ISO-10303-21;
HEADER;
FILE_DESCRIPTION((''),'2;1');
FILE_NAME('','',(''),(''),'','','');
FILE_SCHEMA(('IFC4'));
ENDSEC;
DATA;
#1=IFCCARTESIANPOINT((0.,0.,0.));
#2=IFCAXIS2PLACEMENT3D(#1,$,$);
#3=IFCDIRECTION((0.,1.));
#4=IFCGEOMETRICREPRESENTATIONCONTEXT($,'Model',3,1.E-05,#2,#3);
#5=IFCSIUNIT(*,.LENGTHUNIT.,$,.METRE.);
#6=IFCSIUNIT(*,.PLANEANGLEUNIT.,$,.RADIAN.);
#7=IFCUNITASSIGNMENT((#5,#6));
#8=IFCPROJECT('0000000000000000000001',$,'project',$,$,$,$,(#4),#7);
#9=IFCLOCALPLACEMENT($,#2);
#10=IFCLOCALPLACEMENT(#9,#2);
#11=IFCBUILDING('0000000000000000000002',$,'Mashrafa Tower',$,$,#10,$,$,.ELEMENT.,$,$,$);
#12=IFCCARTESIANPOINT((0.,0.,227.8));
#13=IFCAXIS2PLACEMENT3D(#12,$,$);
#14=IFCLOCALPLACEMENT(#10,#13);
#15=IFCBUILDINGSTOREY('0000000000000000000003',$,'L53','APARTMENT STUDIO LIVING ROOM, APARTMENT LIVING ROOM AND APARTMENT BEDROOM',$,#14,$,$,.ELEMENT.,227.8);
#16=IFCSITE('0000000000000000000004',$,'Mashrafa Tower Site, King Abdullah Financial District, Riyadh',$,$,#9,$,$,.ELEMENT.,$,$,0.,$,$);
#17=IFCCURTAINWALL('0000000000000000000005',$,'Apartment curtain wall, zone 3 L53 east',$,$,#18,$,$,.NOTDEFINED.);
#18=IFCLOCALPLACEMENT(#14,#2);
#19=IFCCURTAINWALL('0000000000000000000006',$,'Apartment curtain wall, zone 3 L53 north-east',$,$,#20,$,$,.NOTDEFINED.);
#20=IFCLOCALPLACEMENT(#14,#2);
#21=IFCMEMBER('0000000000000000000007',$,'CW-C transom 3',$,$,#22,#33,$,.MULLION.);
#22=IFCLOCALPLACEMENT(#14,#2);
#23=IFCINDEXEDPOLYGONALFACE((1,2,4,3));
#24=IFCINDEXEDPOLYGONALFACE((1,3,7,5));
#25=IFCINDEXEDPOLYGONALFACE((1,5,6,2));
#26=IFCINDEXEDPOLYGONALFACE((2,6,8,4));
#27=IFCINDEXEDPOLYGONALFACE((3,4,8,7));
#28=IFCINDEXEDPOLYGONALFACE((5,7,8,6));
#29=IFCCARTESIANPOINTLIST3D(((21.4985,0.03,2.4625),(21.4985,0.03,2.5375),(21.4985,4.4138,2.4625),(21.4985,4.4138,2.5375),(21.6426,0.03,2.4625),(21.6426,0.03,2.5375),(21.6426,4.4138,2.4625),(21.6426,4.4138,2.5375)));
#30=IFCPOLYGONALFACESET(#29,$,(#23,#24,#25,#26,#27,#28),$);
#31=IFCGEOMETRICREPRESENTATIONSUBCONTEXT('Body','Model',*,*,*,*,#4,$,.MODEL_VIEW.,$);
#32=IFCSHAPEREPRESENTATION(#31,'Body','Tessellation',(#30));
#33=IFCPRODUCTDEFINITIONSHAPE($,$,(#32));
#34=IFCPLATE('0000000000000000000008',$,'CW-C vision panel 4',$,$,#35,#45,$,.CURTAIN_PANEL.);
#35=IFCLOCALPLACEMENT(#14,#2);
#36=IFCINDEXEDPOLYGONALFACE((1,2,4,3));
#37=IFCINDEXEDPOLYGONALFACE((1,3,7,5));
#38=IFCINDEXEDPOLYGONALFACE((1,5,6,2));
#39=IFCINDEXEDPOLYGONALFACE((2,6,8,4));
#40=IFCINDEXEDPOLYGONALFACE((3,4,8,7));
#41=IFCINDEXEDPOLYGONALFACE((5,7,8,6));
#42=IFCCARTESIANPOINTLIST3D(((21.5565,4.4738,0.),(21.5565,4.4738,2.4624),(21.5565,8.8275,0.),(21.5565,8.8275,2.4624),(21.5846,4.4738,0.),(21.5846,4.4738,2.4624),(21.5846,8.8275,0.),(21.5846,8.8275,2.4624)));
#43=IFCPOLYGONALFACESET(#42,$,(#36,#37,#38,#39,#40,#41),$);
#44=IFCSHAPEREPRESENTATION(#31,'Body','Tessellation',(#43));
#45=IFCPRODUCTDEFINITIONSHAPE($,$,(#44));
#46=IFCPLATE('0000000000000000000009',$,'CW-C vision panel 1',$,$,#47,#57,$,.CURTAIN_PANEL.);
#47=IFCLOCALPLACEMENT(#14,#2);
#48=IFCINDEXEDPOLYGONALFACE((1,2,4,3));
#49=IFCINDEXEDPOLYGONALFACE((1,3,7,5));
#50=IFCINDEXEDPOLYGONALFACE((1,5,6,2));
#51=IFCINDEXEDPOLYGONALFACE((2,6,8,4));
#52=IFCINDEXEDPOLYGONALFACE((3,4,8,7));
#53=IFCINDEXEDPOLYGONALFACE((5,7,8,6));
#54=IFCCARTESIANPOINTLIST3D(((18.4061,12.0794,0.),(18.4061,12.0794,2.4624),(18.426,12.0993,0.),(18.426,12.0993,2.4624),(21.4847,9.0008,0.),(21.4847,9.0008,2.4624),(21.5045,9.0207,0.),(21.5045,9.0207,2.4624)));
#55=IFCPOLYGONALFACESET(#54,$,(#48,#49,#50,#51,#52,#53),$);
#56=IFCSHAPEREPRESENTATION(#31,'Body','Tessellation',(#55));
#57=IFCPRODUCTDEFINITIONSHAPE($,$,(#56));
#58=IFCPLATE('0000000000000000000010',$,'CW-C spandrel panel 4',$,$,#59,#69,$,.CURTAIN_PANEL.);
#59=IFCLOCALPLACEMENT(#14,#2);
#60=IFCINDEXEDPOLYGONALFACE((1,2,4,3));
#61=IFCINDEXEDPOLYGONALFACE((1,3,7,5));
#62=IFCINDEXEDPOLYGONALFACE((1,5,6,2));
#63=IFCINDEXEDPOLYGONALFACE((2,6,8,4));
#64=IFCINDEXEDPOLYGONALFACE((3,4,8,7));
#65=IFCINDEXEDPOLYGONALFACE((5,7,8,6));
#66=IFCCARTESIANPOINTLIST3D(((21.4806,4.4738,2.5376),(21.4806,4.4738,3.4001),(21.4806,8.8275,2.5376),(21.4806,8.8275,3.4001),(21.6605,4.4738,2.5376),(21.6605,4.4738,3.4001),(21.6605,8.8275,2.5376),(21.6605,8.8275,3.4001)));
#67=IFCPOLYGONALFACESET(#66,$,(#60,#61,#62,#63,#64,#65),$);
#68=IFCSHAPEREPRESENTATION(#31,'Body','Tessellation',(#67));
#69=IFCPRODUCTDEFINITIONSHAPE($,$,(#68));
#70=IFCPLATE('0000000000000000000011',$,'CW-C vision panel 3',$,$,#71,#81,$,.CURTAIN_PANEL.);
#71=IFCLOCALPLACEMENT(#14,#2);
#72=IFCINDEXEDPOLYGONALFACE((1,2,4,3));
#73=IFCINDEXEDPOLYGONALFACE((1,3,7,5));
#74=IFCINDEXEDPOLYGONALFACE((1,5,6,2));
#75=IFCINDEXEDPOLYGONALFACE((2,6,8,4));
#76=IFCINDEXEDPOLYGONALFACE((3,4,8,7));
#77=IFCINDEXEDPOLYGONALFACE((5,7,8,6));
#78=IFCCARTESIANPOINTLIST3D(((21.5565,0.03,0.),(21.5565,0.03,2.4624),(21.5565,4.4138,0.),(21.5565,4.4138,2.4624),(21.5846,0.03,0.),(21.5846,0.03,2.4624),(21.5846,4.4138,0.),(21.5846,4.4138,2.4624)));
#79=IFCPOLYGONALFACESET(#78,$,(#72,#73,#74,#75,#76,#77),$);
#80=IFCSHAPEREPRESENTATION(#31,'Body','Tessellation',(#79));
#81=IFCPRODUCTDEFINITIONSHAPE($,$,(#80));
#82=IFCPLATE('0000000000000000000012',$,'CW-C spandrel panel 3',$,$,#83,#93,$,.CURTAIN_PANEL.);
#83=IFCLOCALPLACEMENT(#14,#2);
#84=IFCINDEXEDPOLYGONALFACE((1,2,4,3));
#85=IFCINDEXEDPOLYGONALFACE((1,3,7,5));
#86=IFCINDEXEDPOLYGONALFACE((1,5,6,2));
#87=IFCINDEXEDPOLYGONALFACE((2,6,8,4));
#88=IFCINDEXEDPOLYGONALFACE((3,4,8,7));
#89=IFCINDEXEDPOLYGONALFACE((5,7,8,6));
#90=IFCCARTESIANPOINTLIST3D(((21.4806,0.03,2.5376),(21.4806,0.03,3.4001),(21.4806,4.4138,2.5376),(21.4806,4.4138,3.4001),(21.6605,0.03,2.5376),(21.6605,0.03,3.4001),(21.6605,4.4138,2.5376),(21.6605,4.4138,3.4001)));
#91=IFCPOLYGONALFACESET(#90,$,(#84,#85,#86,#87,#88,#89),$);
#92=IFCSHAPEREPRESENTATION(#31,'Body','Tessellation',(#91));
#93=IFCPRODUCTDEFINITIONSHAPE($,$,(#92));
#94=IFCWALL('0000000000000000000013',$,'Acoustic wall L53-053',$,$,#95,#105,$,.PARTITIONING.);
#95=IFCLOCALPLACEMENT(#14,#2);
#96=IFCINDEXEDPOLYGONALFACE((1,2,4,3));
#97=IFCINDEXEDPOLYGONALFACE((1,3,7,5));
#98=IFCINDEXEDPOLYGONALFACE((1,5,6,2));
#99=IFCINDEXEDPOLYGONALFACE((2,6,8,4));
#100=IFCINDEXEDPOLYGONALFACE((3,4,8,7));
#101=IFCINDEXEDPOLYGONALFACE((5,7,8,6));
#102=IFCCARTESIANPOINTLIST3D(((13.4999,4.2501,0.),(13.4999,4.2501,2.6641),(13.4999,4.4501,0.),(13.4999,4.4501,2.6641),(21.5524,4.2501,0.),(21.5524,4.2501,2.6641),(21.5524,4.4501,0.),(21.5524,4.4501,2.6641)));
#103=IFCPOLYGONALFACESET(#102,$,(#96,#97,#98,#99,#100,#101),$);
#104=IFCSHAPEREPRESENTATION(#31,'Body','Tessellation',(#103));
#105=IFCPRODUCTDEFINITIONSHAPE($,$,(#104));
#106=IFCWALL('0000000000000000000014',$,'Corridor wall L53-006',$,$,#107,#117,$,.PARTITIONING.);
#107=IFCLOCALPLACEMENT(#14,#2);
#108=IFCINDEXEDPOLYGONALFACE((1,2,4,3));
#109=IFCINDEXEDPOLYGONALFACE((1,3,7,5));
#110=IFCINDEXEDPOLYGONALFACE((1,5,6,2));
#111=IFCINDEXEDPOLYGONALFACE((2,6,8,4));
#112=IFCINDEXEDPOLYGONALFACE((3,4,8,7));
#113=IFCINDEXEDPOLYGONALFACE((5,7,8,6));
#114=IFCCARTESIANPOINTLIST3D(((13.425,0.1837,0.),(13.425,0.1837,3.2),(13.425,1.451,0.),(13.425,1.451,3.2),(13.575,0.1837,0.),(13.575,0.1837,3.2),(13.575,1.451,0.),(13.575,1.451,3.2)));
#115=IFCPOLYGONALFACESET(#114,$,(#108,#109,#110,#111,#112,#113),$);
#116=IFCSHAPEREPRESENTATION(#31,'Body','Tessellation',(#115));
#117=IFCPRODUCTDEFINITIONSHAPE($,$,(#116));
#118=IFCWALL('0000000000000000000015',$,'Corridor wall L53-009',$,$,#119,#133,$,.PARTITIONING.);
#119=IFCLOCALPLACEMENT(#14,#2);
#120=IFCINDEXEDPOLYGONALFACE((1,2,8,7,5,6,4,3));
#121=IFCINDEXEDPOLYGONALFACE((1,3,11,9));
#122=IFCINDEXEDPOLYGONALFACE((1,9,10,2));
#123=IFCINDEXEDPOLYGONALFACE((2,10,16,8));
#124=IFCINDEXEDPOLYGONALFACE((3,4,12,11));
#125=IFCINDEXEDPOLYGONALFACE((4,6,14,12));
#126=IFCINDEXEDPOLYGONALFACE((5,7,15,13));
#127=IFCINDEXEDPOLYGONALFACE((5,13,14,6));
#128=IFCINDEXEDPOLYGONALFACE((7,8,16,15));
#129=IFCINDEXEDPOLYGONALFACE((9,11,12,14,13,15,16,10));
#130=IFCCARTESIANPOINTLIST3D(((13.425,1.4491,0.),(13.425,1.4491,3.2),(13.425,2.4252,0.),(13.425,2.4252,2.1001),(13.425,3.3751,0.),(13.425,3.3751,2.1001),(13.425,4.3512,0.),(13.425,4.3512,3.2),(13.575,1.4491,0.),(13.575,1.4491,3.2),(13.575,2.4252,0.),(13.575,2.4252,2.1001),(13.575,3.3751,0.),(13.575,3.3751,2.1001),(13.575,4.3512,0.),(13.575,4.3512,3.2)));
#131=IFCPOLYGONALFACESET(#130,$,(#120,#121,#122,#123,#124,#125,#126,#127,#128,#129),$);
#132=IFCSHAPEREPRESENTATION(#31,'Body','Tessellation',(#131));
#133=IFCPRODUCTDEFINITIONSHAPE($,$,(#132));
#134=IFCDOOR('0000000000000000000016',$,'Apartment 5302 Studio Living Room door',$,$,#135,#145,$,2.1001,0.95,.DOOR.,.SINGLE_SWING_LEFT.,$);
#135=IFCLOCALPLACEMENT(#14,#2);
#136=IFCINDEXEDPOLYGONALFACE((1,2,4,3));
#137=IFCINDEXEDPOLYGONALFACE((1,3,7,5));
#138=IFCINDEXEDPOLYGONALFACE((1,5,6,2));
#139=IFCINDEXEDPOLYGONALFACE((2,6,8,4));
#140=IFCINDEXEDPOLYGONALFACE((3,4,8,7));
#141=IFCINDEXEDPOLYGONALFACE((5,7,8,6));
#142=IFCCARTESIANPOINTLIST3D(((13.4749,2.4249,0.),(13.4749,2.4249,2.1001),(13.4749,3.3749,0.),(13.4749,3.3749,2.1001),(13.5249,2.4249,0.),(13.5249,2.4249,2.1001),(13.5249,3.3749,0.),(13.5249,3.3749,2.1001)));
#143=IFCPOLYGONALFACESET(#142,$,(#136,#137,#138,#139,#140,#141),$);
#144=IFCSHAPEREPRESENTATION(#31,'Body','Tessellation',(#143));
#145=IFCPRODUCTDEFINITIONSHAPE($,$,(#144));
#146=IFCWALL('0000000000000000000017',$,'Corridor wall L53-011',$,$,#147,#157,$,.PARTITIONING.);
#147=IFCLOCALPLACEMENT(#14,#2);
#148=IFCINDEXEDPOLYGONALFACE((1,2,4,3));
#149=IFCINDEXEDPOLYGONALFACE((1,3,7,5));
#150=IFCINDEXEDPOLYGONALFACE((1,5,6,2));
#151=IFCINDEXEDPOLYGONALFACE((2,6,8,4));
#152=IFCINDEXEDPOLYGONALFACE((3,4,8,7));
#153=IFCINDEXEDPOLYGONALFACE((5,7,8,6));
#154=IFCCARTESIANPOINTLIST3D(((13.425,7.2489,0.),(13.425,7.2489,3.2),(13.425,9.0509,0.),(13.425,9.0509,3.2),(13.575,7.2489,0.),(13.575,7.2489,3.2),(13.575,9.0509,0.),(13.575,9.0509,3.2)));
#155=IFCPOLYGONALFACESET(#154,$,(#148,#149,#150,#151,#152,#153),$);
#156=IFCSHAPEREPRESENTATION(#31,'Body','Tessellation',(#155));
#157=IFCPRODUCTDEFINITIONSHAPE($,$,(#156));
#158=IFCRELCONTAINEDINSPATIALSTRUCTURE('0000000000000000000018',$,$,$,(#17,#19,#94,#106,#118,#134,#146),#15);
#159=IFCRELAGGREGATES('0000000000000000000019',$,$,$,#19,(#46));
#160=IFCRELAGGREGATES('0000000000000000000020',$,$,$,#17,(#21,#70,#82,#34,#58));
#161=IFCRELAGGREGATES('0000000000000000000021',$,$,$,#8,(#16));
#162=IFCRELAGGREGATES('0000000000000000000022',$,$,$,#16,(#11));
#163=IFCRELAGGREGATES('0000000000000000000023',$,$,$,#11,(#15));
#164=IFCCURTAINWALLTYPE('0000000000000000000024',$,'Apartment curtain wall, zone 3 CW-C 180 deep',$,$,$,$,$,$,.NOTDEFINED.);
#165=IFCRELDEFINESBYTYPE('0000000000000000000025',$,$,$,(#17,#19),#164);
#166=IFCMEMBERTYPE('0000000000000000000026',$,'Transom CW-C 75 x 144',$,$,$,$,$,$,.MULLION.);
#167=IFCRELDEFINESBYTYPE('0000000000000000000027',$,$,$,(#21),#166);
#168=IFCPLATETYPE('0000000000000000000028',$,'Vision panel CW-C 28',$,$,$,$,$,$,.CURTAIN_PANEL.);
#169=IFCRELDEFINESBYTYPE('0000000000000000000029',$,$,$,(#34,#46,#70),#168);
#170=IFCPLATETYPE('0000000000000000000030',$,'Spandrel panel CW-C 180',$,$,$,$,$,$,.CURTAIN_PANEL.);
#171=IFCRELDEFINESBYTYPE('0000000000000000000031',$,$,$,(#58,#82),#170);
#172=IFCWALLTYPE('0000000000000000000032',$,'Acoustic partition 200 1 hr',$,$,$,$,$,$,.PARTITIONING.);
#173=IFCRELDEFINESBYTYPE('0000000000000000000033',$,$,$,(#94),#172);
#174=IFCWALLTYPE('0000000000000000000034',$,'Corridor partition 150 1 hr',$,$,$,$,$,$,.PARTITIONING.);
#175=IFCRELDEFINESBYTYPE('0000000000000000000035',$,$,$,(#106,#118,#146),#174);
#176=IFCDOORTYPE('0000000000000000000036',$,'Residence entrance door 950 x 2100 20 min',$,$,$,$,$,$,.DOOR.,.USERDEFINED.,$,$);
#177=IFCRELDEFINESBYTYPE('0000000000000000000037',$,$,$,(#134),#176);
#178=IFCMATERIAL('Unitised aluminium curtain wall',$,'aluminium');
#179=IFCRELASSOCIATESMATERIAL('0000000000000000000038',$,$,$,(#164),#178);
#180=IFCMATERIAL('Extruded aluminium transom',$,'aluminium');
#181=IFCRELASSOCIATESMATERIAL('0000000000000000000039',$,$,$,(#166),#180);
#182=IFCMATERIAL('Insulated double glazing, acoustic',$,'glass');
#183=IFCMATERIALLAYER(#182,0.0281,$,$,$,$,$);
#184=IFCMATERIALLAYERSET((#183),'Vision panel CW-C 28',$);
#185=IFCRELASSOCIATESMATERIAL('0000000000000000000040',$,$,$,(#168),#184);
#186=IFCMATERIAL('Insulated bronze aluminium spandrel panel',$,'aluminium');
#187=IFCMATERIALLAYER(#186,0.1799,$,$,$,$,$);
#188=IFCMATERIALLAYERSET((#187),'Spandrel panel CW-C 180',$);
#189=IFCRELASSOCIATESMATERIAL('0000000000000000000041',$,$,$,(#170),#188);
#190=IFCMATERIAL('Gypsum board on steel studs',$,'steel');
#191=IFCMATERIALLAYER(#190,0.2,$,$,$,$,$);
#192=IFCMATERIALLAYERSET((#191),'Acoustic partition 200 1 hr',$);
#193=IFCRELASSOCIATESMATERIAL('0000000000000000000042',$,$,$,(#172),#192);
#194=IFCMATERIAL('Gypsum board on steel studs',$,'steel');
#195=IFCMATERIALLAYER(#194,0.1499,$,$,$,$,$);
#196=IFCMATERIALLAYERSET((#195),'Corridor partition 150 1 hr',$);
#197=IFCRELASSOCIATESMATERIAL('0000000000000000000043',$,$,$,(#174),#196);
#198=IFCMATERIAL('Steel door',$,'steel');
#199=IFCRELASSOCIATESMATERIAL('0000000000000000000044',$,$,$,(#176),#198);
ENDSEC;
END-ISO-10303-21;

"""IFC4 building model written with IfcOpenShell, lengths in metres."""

from ifc_helpers import new_model, si_unit, direction, frame, frame_2d, origin, origin_2d, place, context, subcontext, project, spatial, rectangle, extrude, source, transform, mapped, material, layer, layer_set, material_profile, profile_set, type_object, type_shapes, element, fill, aggregate, save


model = new_model("IFC4")

# Units and contexts
model_context = context("Model", 3, precision=1e-05, world=origin(), true_north=direction((0.0, 1.0)))
body_context = subcontext(model_context, "Body", "Model", "MODEL_VIEW")
ifc_project = project(units=[si_unit("LENGTHUNIT", "METRE"), si_unit("PLANEANGLEUNIT", "RADIAN")], contexts=[model_context])

# Site, building, storey
site_placement = place(None, origin())
site = spatial("IfcSite", under=ifc_project, at=site_placement, Name="Mashrafa Tower Site, King Abdullah Financial District, Riyadh", CompositionType="ELEMENT", RefElevation=0.0)
building_placement = place(site_placement, origin())
building = spatial("IfcBuilding", under=site, at=building_placement, Name="Mashrafa Tower", CompositionType="ELEMENT")
storey_placement = place(building_placement, frame((0.0, 0.0, 227.8)))
storey = spatial("IfcBuildingStorey", under=building, at=storey_placement, Name="L53", Description="APARTMENT STUDIO LIVING ROOM, APARTMENT LIVING ROOM AND APARTMENT BEDROOM", CompositionType="ELEMENT", Elevation=227.8)

# Curtain wall
ifc_material_1 = material(Name="Unitised aluminium curtain wall", Category="aluminium")
curtain_wall_type = type_object("IfcCurtainWallType", Name="Apartment curtain wall, zone 3 CW-C 180 deep", PredefinedType="NOTDEFINED", material=ifc_material_1)
curtain_wall_1_placement = place(storey_placement, origin())
curtain_wall_1 = element("IfcCurtainWall", 1, at=curtain_wall_1_placement, inside=storey, type_object=curtain_wall_type, Name="Apartment curtain wall, zone 3 L53 east", PredefinedType="NOTDEFINED")

# Curtain wall
curtain_wall_2_placement = place(storey_placement, origin())
curtain_wall_2 = element("IfcCurtainWall", 2, at=curtain_wall_2_placement, inside=storey, type_object=curtain_wall_type, Name="Apartment curtain wall, zone 3 L53 north-east", PredefinedType="NOTDEFINED")

# Member
ifc_material_2 = material(Name="Extruded aluminium transom", Category="aluminium")
ifc_material_profile_1 = material_profile(ifc_material_2, rectangle(XDim=0.144, YDim=0.075, at=origin_2d()), Name="Transom 75x144")
ifc_profile_set_1 = profile_set([ifc_material_profile_1], Name="Extruded aluminium transom")
member_type_1 = type_object("IfcMemberType", Name="Transom CW-C 75 x 144", PredefinedType="MULLION", material=ifc_profile_set_1)
shared_shape_1 = source(origin(), body_context, "Body", "SweptSolid", [
    extrude(rectangle(XDim=0.144, YDim=0.075, at=origin_2d()), origin(), (0.0, 0.0, 1.0), 4.3838),
])
member_1_placement = place(storey_placement, frame((21.5706, 0.03, 2.5), z_axis=(0.0, 1.0, 0.0), x_axis=(-1.0, 0.0, 0.0)))
member_1 = element("IfcMember", 3, at=member_1_placement, type_object=member_type_1, Name="CW-C transom 3", PredefinedType="MULLION", context=body_context, shape_type="MappedRepresentation", body=[
    mapped(shared_shape_1, transform((0.0, 0.0, 0.0))),
])

# Plates
ifc_material_3 = material(Name="Insulated double glazing, acoustic", Category="glass")
ifc_layer_1 = layer(ifc_material_3, 0.0281)
ifc_layer_set_1 = layer_set([ifc_layer_1], Name="Vision panel CW-C 28")
plate_type_1 = type_object("IfcPlateType", Name="Vision panel CW-C 28", PredefinedType="CURTAIN_PANEL", material=ifc_layer_set_1)
shared_shape_2 = source(origin(), body_context, "Body", "SweptSolid", [
    extrude(rectangle(XDim=4.3538, YDim=0.0281, at=origin_2d()), origin(), (0.0, 0.0, 1.0), 2.4624),
])
plate_1_placement = place(storey_placement, frame((21.5706, 6.6506, 0.0), z_axis=(0.0, 0.0, 1.0), x_axis=(0.0, 1.0, 0.0)))
plate_1 = element("IfcPlate", 4, at=plate_1_placement, type_object=plate_type_1, Name="CW-C vision panel 4", PredefinedType="CURTAIN_PANEL", context=body_context, shape_type="MappedRepresentation", body=[
    mapped(shared_shape_2, transform((0.0, 0.0, 0.0))),
])
plate_2_placement = place(storey_placement, frame((19.9553, 10.55, 0.0), z_axis=(0.0, 0.0, 1.0), x_axis=(-0.707107, 0.707107, 0.0)))
plate_2 = element("IfcPlate", 5, at=plate_2_placement, type_object=plate_type_1, Name="CW-C vision panel 1", PredefinedType="CURTAIN_PANEL", context=body_context, shape_type="MappedRepresentation", body=[
    mapped(shared_shape_2, transform((0.0, 0.0, 0.0))),
])
aggregate(curtain_wall_2, [plate_2])
ifc_material_4 = material(Name="Insulated bronze aluminium spandrel panel", Category="aluminium")
ifc_layer_2 = layer(ifc_material_4, 0.1799)
ifc_layer_set_2 = layer_set([ifc_layer_2], Name="Spandrel panel CW-C 180")
plate_type_2 = type_object("IfcPlateType", Name="Spandrel panel CW-C 180", PredefinedType="CURTAIN_PANEL", material=ifc_layer_set_2)
shared_shape_3 = source(origin(), body_context, "Body", "SweptSolid", [
    extrude(rectangle(XDim=4.3538, YDim=0.1799, at=origin_2d()), origin(), (0.0, 0.0, 1.0), 0.8625),
])
plate_3_placement = place(storey_placement, frame((21.5706, 6.6506, 2.5376), z_axis=(0.0, 0.0, 1.0), x_axis=(0.0, 1.0, 0.0)))
plate_3 = element("IfcPlate", 6, at=plate_3_placement, type_object=plate_type_2, Name="CW-C spandrel panel 4", PredefinedType="CURTAIN_PANEL", context=body_context, shape_type="MappedRepresentation", body=[
    mapped(shared_shape_3, transform((0.0, 0.0, 0.0))),
])
shared_shape_4 = source(origin(), body_context, "Body", "SweptSolid", [
    extrude(rectangle(XDim=4.3838, YDim=0.0281, at=origin_2d()), origin(), (0.0, 0.0, 1.0), 2.4624),
])
type_shapes(plate_type_1, [shared_shape_2, shared_shape_4])
plate_4_placement = place(storey_placement, frame((21.5706, 2.2219, 0.0), z_axis=(0.0, 0.0, 1.0), x_axis=(0.0, 1.0, 0.0)))
plate_4 = element("IfcPlate", 7, at=plate_4_placement, type_object=plate_type_1, Name="CW-C vision panel 3", PredefinedType="CURTAIN_PANEL", context=body_context, shape_type="MappedRepresentation", body=[
    mapped(shared_shape_4, transform((0.0, 0.0, 0.0))),
])
shared_shape_5 = source(origin(), body_context, "Body", "SweptSolid", [
    extrude(rectangle(XDim=4.3838, YDim=0.1799, at=origin_2d()), origin(), (0.0, 0.0, 1.0), 0.8625),
])
type_shapes(plate_type_2, [shared_shape_3, shared_shape_5])
plate_5_placement = place(storey_placement, frame((21.5706, 2.2219, 2.5376), z_axis=(0.0, 0.0, 1.0), x_axis=(0.0, 1.0, 0.0)))
plate_5 = element("IfcPlate", 8, at=plate_5_placement, type_object=plate_type_2, Name="CW-C spandrel panel 3", PredefinedType="CURTAIN_PANEL", context=body_context, shape_type="MappedRepresentation", body=[
    mapped(shared_shape_5, transform((0.0, 0.0, 0.0))),
])
aggregate(curtain_wall_1, [member_1, plate_4, plate_5, plate_1, plate_3])

# Walls
ifc_material_5 = material(Name="Gypsum board on steel studs", Category="steel")
ifc_layer_3 = layer(ifc_material_5, 0.2)
ifc_layer_set_3 = layer_set([ifc_layer_3], Name="Acoustic partition 200 1 hr")
wall_type_1 = type_object("IfcWallType", Name="Acoustic partition 200 1 hr", PredefinedType="PARTITIONING", material=ifc_layer_set_3)
wall_1_placement = place(storey_placement, frame((21.5525, 4.3501, 0.0), z_axis=(0.0, 0.0, 1.0), x_axis=(-1.0, 0.0, 0.0)))
element("IfcWall", 9, at=wall_1_placement, inside=storey, type_object=wall_type_1, Name="Acoustic wall L53-053", PredefinedType="PARTITIONING", context=body_context, shape_type="SweptSolid", body=[
    extrude(rectangle(XDim=8.0525, YDim=0.2, at=frame_2d((4.0264, 0.0))), origin(), (0.0, 0.0, 1.0), 2.6641),
])
ifc_material_6 = material(Name="Gypsum board on steel studs", Category="steel")
ifc_layer_4 = layer(ifc_material_6, 0.1499)
ifc_layer_set_4 = layer_set([ifc_layer_4], Name="Corridor partition 150 1 hr")
wall_type_2 = type_object("IfcWallType", Name="Corridor partition 150 1 hr", PredefinedType="PARTITIONING", material=ifc_layer_set_4)
wall_2_placement = place(storey_placement, frame((13.5, 0.1836, 0.0), z_axis=(0.0, 0.0, 1.0), x_axis=(0.0, 1.0, 0.0)))
element("IfcWall", 10, at=wall_2_placement, inside=storey, type_object=wall_type_2, Name="Corridor wall L53-006", PredefinedType="PARTITIONING", context=body_context, shape_type="SweptSolid", body=[
    extrude(rectangle(XDim=1.2673, YDim=0.1499, at=frame_2d((0.6338, 0.0))), origin(), (0.0, 0.0, 1.0), 3.2),
])

# Wall, opening, door
wall_3_placement = place(storey_placement, frame((13.5, 1.449, 0.0), z_axis=(0.0, 0.0, 1.0), x_axis=(0.0, 1.0, 0.0)))
wall_3 = element("IfcWall", 11, at=wall_3_placement, inside=storey, type_object=wall_type_2, Name="Corridor wall L53-009", PredefinedType="PARTITIONING", context=body_context, shape_type="SweptSolid", body=[
    extrude(rectangle(XDim=2.9021, YDim=0.1499, at=frame_2d((1.4512, 0.0))), origin(), (0.0, 0.0, 1.0), 3.2),
])
opening_1_placement = place(wall_3_placement, frame((0.9761, 0.0, 0.0)))
opening_1 = element("IfcOpeningElement", 12, at=opening_1_placement, cuts=wall_3, PredefinedType="OPENING", context=body_context, shape_type="SweptSolid", body=[
    extrude(rectangle(XDim=0.95, YDim=2.1001, at=frame_2d((0.4751, 1.05))), frame((0.0, 0.085, 0.0), z_axis=(0.0, -1.0, 0.0), x_axis=(1.0, 0.0, 0.0)), (0.0, 0.0, 1.0), 0.1699),
])
ifc_material_7 = material(Name="Steel door", Category="steel")
door_type = type_object("IfcDoorType", Name="Residence entrance door 950 x 2100 20 min", OperationType="USERDEFINED", PredefinedType="DOOR", material=ifc_material_7)
door_1_placement = place(opening_1_placement, frame((0.95, 0.0, 0.0), z_axis=(0.0, 0.0, 1.0), x_axis=(-1.0, 0.0, 0.0)))
door_1 = element("IfcDoor", 13, at=door_1_placement, inside=storey, type_object=door_type, Name="Apartment 5302 Studio Living Room door", OperationType="SINGLE_SWING_LEFT", OverallHeight=2.1001, OverallWidth=0.95, PredefinedType="DOOR", context=body_context, shape_type="SweptSolid", body=[
    extrude(rectangle(XDim=0.95, YDim=2.1001, at=frame_2d((0.4751, 1.05))), frame((0.0, 0.0249, 0.0), z_axis=(0.0, -1.0, 0.0), x_axis=(1.0, 0.0, 0.0)), (0.0, 0.0, 1.0), 0.05),
])
fill(opening_1, door_1)

# Wall
wall_4_placement = place(storey_placement, frame((13.5, 7.249, 0.0), z_axis=(0.0, 0.0, 1.0), x_axis=(0.0, 1.0, 0.0)))
element("IfcWall", 14, at=wall_4_placement, inside=storey, type_object=wall_type_2, Name="Corridor wall L53-011", PredefinedType="PARTITIONING", context=body_context, shape_type="SweptSolid", body=[
    extrude(rectangle(XDim=1.802, YDim=0.1499, at=frame_2d((0.9009, 0.0))), origin(), (0.0, 0.0, 1.0), 3.2),
])

save(model, "model.ifc")
